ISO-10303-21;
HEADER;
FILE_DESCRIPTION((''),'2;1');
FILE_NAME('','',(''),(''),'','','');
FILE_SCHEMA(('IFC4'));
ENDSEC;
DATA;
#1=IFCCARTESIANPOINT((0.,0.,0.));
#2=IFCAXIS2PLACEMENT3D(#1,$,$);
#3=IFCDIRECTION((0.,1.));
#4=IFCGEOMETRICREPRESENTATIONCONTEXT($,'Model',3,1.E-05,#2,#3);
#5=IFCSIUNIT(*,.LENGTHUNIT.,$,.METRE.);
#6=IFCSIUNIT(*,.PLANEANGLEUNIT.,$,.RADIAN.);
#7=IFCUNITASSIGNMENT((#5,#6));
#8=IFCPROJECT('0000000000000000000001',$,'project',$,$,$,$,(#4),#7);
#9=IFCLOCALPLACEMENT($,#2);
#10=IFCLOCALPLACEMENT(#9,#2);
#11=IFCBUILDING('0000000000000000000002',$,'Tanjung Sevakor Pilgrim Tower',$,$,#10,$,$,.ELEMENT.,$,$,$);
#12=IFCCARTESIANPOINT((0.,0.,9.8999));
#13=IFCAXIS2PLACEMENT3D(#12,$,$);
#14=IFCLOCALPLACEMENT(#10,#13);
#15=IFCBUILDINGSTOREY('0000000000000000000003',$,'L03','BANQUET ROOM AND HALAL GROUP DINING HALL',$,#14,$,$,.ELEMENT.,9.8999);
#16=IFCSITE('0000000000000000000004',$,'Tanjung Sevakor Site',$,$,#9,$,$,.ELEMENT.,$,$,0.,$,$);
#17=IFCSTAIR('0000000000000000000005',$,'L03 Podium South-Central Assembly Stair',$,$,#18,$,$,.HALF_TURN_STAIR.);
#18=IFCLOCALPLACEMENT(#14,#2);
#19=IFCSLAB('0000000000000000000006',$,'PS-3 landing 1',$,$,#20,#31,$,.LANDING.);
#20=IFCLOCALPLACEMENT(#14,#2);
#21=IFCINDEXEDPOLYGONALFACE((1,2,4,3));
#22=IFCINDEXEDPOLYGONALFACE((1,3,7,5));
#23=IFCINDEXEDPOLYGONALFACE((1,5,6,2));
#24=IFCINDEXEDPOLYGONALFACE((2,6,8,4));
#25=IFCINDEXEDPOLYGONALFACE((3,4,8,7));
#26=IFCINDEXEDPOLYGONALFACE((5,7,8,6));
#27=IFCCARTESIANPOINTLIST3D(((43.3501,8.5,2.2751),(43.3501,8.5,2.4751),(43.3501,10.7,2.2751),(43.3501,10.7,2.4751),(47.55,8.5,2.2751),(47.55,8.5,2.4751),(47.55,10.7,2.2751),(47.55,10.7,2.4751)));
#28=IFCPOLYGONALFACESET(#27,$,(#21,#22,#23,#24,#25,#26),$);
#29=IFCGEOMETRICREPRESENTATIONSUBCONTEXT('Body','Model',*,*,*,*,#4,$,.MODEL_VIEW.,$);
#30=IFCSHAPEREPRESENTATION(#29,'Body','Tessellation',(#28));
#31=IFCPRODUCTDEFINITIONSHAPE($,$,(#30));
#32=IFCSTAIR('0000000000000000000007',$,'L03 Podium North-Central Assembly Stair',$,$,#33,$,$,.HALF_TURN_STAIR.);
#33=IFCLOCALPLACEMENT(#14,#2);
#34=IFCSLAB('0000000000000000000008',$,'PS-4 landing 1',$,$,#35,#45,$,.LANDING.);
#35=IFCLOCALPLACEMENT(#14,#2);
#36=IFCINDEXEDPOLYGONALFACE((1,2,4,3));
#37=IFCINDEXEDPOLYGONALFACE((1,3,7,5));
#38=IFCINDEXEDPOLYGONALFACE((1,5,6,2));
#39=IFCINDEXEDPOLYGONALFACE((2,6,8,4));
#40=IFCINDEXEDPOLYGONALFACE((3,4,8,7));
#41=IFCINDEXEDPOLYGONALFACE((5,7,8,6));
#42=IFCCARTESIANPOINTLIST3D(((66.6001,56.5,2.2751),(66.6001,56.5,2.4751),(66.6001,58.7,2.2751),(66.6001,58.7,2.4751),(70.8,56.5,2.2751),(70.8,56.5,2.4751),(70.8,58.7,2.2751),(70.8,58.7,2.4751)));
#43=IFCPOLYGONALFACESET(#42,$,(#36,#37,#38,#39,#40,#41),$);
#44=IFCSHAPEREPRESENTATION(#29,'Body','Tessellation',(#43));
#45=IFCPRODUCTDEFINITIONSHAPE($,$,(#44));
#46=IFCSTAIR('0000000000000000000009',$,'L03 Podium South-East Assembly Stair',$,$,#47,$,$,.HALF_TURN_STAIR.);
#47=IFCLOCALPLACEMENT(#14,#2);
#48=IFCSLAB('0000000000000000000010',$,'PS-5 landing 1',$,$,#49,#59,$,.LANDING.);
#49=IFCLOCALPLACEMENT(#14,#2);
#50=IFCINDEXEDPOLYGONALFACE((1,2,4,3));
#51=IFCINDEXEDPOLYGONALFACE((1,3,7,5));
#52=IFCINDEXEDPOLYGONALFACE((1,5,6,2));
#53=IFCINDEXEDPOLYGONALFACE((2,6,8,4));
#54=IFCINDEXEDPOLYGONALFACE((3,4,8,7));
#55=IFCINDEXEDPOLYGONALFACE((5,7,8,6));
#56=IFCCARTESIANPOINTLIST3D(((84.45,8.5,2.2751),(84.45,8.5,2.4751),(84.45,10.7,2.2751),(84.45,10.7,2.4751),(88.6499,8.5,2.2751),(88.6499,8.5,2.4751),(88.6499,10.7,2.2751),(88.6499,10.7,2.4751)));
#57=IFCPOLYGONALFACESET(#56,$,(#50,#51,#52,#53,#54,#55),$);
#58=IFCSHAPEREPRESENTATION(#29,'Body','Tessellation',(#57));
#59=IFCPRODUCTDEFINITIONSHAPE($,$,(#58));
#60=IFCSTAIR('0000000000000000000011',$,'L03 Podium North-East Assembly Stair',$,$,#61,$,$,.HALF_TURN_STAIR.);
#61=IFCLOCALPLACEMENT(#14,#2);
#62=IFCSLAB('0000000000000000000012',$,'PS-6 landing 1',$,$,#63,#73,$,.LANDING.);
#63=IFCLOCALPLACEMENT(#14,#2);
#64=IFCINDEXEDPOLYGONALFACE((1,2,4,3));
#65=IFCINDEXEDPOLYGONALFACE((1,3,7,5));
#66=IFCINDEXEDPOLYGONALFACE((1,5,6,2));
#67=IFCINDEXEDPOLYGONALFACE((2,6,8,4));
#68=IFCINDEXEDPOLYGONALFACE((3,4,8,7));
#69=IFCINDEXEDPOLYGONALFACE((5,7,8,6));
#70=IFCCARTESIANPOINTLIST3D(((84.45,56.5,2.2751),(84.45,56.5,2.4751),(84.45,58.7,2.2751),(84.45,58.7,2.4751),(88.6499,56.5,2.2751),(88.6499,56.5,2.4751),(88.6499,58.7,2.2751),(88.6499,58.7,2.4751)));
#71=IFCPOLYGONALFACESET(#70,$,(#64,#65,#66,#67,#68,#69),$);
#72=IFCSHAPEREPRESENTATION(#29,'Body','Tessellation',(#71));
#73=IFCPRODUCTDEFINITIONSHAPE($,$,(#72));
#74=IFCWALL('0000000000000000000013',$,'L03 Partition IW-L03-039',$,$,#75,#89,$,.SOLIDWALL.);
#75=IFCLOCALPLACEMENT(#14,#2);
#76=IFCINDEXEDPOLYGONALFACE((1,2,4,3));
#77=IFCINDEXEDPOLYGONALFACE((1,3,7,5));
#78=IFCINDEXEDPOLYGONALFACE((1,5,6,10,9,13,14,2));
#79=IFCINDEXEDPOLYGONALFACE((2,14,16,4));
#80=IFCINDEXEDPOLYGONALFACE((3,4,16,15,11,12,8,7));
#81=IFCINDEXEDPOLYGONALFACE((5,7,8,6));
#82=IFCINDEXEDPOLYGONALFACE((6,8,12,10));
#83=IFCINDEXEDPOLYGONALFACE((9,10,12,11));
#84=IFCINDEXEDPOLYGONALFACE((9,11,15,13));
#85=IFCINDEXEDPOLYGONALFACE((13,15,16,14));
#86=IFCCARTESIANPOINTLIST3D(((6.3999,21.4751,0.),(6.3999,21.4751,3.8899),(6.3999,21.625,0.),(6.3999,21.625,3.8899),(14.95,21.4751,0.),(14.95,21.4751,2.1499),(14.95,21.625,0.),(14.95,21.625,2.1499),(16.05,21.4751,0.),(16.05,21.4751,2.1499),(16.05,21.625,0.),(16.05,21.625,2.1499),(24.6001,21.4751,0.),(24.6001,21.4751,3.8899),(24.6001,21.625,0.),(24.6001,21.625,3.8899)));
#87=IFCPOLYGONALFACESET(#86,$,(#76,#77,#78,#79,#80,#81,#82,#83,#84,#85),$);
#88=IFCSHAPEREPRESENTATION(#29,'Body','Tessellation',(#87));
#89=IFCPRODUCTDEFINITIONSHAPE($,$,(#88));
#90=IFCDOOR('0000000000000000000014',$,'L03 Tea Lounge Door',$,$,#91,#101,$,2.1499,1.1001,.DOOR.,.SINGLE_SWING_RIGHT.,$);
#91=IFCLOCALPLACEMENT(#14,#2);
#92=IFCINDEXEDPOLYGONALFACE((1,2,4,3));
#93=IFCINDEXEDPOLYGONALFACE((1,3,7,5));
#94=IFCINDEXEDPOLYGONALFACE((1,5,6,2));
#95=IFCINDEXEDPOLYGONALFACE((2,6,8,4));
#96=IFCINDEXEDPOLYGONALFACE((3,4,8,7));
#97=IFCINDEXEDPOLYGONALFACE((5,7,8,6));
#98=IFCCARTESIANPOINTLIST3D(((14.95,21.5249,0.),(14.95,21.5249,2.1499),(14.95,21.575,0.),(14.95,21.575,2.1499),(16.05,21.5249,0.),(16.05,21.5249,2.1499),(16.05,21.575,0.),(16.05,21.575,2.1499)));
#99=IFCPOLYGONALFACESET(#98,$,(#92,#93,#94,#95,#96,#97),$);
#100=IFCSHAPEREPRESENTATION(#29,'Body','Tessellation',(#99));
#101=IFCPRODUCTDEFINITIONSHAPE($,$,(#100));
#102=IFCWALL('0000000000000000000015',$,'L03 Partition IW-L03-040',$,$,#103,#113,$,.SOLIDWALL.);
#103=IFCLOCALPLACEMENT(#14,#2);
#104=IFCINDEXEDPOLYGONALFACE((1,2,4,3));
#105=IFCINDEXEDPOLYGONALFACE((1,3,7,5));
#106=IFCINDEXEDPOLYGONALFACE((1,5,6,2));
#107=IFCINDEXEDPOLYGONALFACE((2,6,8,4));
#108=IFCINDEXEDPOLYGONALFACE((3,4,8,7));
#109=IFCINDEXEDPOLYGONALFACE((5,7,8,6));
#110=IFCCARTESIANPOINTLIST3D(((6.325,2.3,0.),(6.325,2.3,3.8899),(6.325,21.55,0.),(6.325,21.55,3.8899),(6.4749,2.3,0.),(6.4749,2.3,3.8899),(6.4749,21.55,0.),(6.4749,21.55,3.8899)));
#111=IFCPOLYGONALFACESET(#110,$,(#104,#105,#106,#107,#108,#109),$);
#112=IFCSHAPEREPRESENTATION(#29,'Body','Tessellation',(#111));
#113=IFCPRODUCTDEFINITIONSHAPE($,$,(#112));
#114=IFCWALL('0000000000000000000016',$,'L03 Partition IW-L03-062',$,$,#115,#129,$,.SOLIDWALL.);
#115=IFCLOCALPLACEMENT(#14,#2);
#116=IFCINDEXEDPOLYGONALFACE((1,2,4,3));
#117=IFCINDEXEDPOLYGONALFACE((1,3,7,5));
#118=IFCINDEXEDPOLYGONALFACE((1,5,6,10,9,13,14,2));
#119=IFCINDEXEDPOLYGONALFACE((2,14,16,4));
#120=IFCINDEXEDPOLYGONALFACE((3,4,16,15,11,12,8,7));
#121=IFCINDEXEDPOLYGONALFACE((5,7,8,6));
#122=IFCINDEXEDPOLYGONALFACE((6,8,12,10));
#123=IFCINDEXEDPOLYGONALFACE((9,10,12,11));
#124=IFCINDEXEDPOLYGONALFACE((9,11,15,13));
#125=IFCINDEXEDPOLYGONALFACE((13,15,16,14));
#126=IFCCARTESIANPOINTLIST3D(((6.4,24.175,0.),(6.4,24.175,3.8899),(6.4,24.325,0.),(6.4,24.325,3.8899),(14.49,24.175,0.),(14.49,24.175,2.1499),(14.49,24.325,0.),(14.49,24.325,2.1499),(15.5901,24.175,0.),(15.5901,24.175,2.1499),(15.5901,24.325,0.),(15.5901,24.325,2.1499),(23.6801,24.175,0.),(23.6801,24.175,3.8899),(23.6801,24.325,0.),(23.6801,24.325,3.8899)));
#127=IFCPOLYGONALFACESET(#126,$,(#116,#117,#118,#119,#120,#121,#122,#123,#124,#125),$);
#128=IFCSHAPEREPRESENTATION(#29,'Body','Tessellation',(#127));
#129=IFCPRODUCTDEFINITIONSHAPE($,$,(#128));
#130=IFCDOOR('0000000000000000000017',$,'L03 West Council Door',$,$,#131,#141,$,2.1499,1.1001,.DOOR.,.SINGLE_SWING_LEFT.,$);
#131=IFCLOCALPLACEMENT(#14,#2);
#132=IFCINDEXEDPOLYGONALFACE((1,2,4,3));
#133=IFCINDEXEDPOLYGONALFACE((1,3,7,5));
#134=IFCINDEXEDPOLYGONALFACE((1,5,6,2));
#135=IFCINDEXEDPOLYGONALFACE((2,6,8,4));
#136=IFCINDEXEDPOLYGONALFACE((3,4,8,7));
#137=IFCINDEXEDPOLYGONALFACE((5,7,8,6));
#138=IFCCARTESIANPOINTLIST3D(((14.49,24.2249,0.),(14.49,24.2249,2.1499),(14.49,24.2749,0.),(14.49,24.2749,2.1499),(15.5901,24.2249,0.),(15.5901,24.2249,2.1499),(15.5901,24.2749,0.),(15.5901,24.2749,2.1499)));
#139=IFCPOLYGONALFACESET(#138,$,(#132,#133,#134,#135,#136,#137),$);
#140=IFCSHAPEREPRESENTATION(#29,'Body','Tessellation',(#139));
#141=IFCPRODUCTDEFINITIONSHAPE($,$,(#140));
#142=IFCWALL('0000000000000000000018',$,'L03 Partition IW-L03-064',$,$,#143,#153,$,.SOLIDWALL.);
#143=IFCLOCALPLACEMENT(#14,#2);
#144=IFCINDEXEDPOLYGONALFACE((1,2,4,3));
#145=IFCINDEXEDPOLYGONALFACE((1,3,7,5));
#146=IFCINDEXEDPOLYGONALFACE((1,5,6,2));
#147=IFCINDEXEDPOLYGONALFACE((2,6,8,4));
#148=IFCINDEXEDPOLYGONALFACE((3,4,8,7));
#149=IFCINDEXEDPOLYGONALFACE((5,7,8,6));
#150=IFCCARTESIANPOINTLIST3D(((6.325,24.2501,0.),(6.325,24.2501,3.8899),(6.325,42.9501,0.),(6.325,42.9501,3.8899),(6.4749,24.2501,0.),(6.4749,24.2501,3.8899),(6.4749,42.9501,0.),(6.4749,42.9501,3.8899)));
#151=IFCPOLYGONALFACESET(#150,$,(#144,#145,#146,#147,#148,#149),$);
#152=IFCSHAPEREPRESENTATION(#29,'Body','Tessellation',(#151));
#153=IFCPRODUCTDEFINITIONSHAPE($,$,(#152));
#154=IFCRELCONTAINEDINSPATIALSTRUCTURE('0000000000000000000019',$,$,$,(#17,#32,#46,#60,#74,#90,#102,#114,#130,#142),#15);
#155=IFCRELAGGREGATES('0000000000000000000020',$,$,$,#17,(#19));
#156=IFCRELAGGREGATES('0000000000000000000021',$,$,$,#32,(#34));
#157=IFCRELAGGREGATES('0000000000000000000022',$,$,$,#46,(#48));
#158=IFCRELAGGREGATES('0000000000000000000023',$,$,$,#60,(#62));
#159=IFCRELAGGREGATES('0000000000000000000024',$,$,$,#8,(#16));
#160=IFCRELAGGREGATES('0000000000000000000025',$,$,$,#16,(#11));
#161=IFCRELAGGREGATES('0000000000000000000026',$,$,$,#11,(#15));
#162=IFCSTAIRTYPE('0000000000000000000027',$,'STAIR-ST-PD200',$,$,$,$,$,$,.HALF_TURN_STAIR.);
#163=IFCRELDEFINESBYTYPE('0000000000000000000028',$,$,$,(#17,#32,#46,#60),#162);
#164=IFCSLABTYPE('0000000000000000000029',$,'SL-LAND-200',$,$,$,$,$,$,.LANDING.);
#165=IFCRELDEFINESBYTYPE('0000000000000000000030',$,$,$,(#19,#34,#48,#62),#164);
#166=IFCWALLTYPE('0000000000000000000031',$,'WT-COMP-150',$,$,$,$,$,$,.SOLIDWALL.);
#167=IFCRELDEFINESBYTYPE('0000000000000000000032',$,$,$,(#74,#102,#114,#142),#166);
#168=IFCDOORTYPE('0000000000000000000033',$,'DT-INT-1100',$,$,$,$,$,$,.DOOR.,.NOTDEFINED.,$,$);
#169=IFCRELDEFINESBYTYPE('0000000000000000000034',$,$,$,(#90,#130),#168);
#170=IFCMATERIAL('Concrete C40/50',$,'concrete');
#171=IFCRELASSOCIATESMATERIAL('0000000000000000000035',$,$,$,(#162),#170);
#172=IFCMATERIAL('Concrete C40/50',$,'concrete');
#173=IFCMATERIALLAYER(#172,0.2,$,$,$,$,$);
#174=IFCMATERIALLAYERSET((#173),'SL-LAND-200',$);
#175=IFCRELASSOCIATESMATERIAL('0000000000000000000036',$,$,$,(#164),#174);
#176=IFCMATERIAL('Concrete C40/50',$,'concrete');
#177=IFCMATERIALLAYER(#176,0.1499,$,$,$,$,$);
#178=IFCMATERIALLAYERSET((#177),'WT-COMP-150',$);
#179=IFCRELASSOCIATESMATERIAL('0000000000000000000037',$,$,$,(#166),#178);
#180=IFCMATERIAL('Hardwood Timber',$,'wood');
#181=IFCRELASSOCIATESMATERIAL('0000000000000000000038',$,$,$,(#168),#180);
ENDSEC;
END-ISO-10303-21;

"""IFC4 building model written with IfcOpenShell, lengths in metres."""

from ifc_helpers import new_model, si_unit, direction, frame, frame_2d, origin, place, context, subcontext, project, spatial, polyline, rectangle, outline, extrude, material, layer, layer_set, type_object, element, fill, aggregate, save


model = new_model("IFC4")

# Units and contexts
model_context = context("Model", 3, precision=1e-05, world=origin(), true_north=direction((0.0, 1.0)))
body_context = subcontext(model_context, "Body", "Model", "MODEL_VIEW")
ifc_project = project(units=[si_unit("LENGTHUNIT", "METRE"), si_unit("PLANEANGLEUNIT", "RADIAN")], contexts=[model_context])

# Site, building, storey
site_placement = place(None, origin())
site = spatial("IfcSite", under=ifc_project, at=site_placement, Name="Tanjung Sevakor Site", CompositionType="ELEMENT", RefElevation=0.0)
building_placement = place(site_placement, origin())
building = spatial("IfcBuilding", under=site, at=building_placement, Name="Tanjung Sevakor Pilgrim Tower", CompositionType="ELEMENT")
storey_placement = place(building_placement, frame((0.0, 0.0, 9.8999)))
storey = spatial("IfcBuildingStorey", under=building, at=storey_placement, Name="L03", Description="BANQUET ROOM AND HALAL GROUP DINING HALL", CompositionType="ELEMENT", Elevation=9.8999)

# Stairs, slabs
ifc_material_1 = material(Name="Concrete C40/50", Category="concrete")
stair_type = type_object("IfcStairType", Name="STAIR-ST-PD200", PredefinedType="HALF_TURN_STAIR", material=ifc_material_1)
stair_1_placement = place(storey_placement, origin())
stair_1 = element("IfcStair", 1, at=stair_1_placement, inside=storey, type_object=stair_type, Name="L03 Podium South-Central Assembly Stair", PredefinedType="HALF_TURN_STAIR")
ifc_material_2 = material(Name="Concrete C40/50", Category="concrete")
ifc_layer_1 = layer(ifc_material_2, 0.2)
ifc_layer_set_1 = layer_set([ifc_layer_1], Name="SL-LAND-200")
slab_type = type_object("IfcSlabType", Name="SL-LAND-200", PredefinedType="LANDING", material=ifc_layer_set_1)
slab_1_placement = place(storey_placement, frame((0.0, 0.0, 2.2751)))
slab_1 = element("IfcSlab", 2, at=slab_1_placement, type_object=slab_type, Name="PS-3 landing 1", PredefinedType="LANDING", context=body_context, shape_type="SweptSolid", body=[
    extrude(outline(polyline([(43.3501, 10.7), (43.3501, 8.5), (47.55, 8.5), (47.55, 10.7), (43.3501, 10.7)])), origin(), (0.0, 0.0, 1.0), 0.2),
])
aggregate(stair_1, [slab_1])
stair_2_placement = place(storey_placement, origin())
stair_2 = element("IfcStair", 3, at=stair_2_placement, inside=storey, type_object=stair_type, Name="L03 Podium North-Central Assembly Stair", PredefinedType="HALF_TURN_STAIR")
slab_2_placement = place(storey_placement, frame((0.0, 0.0, 2.2751)))
slab_2 = element("IfcSlab", 4, at=slab_2_placement, type_object=slab_type, Name="PS-4 landing 1", PredefinedType="LANDING", context=body_context, shape_type="SweptSolid", body=[
    extrude(outline(polyline([(70.8, 56.5), (70.8, 58.7), (66.6001, 58.7), (66.6001, 56.5), (70.8, 56.5)])), origin(), (0.0, 0.0, 1.0), 0.2),
])
aggregate(stair_2, [slab_2])
stair_3_placement = place(storey_placement, origin())
stair_3 = element("IfcStair", 5, at=stair_3_placement, inside=storey, type_object=stair_type, Name="L03 Podium South-East Assembly Stair", PredefinedType="HALF_TURN_STAIR")
slab_3_placement = place(storey_placement, frame((0.0, 0.0, 2.2751)))
slab_3 = element("IfcSlab", 6, at=slab_3_placement, type_object=slab_type, Name="PS-5 landing 1", PredefinedType="LANDING", context=body_context, shape_type="SweptSolid", body=[
    extrude(outline(polyline([(84.45, 10.7), (84.45, 8.5), (88.6499, 8.5), (88.6499, 10.7), (84.45, 10.7)])), origin(), (0.0, 0.0, 1.0), 0.2),
])
aggregate(stair_3, [slab_3])
stair_4_placement = place(storey_placement, origin())
stair_4 = element("IfcStair", 7, at=stair_4_placement, inside=storey, type_object=stair_type, Name="L03 Podium North-East Assembly Stair", PredefinedType="HALF_TURN_STAIR")
slab_4_placement = place(storey_placement, frame((0.0, 0.0, 2.2751)))
slab_4 = element("IfcSlab", 8, at=slab_4_placement, type_object=slab_type, Name="PS-6 landing 1", PredefinedType="LANDING", context=body_context, shape_type="SweptSolid", body=[
    extrude(outline(polyline([(88.6499, 56.5), (88.6499, 58.7), (84.45, 58.7), (84.45, 56.5), (88.6499, 56.5)])), origin(), (0.0, 0.0, 1.0), 0.2),
])
aggregate(stair_4, [slab_4])

# Wall, opening, door
ifc_material_3 = material(Name="Concrete C40/50", Category="concrete")
ifc_layer_2 = layer(ifc_material_3, 0.1499)
ifc_layer_set_2 = layer_set([ifc_layer_2], Name="WT-COMP-150")
wall_type_1 = type_object("IfcWallType", Name="WT-COMP-150", PredefinedType="SOLIDWALL", material=ifc_layer_set_2)
wall_1_placement = place(storey_placement, frame((6.3999, 21.55, 0.0), z_axis=(0.0, 0.0, 1.0), x_axis=(1.0, 0.0, 0.0)))
wall_1 = element("IfcWall", 9, at=wall_1_placement, inside=storey, type_object=wall_type_1, Name="L03 Partition IW-L03-039", PredefinedType="SOLIDWALL", context=body_context, shape_type="SweptSolid", body=[
    extrude(rectangle(XDim=18.2002, YDim=0.1499, at=frame_2d((9.1001, 0.0))), origin(), (0.0, 0.0, 1.0), 3.8899),
])
opening_1_placement = place(wall_1_placement, frame((8.55, 0.0, 0.0)))
opening_1 = element("IfcOpeningElement", 10, at=opening_1_placement, cuts=wall_1, PredefinedType="OPENING", context=body_context, shape_type="SweptSolid", body=[
    extrude(rectangle(XDim=1.1001, YDim=2.1499, at=frame_2d((0.55, 1.075))), frame((0.0, 0.085, 0.0), z_axis=(0.0, -1.0, 0.0), x_axis=(1.0, 0.0, 0.0)), (0.0, 0.0, 1.0), 0.1699),
])
ifc_material_4 = material(Name="Hardwood Timber", Category="wood")
door_type_1 = type_object("IfcDoorType", Name="DT-INT-1100", OperationType="NOTDEFINED", PredefinedType="DOOR", material=ifc_material_4)
door_1_placement = place(opening_1_placement, origin())
door_1 = element("IfcDoor", 11, at=door_1_placement, inside=storey, type_object=door_type_1, Name="L03 Tea Lounge Door", OperationType="SINGLE_SWING_RIGHT", OverallHeight=2.1499, OverallWidth=1.1001, PredefinedType="DOOR", context=body_context, shape_type="SweptSolid", body=[
    extrude(rectangle(XDim=1.1001, YDim=2.1499, at=frame_2d((0.55, 1.075))), frame((0.0, 0.0249, 0.0), z_axis=(0.0, -1.0, 0.0), x_axis=(1.0, 0.0, 0.0)), (0.0, 0.0, 1.0), 0.05),
])
fill(opening_1, door_1)

# Wall
wall_2_placement = place(storey_placement, frame((6.3999, 2.3, 0.0), z_axis=(0.0, 0.0, 1.0), x_axis=(0.0, 1.0, 0.0)))
element("IfcWall", 12, at=wall_2_placement, inside=storey, type_object=wall_type_1, Name="L03 Partition IW-L03-040", PredefinedType="SOLIDWALL", context=body_context, shape_type="SweptSolid", body=[
    extrude(rectangle(XDim=19.25, YDim=0.1499, at=frame_2d((9.625, 0.0))), origin(), (0.0, 0.0, 1.0), 3.8899),
])

# Wall, opening, door
wall_3_placement = place(storey_placement, frame((6.3999, 24.25, 0.0), z_axis=(0.0, 0.0, 1.0), x_axis=(1.0, 0.0, 0.0)))
wall_3 = element("IfcWall", 13, at=wall_3_placement, inside=storey, type_object=wall_type_1, Name="L03 Partition IW-L03-062", PredefinedType="SOLIDWALL", context=body_context, shape_type="SweptSolid", body=[
    extrude(rectangle(XDim=17.28, YDim=0.1499, at=frame_2d((8.6401, 0.0))), origin(), (0.0, 0.0, 1.0), 3.8899),
])
opening_2_placement = place(wall_3_placement, frame((8.0901, 0.0, 0.0)))
opening_2 = element("IfcOpeningElement", 14, at=opening_2_placement, cuts=wall_3, PredefinedType="OPENING", context=body_context, shape_type="SweptSolid", body=[
    extrude(rectangle(XDim=1.1001, YDim=2.1499, at=frame_2d((0.55, 1.075))), frame((0.0, 0.085, 0.0), z_axis=(0.0, -1.0, 0.0), x_axis=(1.0, 0.0, 0.0)), (0.0, 0.0, 1.0), 0.1699),
])
door_2_placement = place(opening_2_placement, origin())
door_2 = element("IfcDoor", 15, at=door_2_placement, inside=storey, type_object=door_type_1, Name="L03 West Council Door", OperationType="SINGLE_SWING_LEFT", OverallHeight=2.1499, OverallWidth=1.1001, PredefinedType="DOOR", context=body_context, shape_type="SweptSolid", body=[
    extrude(rectangle(XDim=1.1001, YDim=2.1499, at=frame_2d((0.55, 1.075))), frame((0.0, 0.0249, 0.0), z_axis=(0.0, -1.0, 0.0), x_axis=(1.0, 0.0, 0.0)), (0.0, 0.0, 1.0), 0.05),
])
fill(opening_2, door_2)

# Wall
wall_4_placement = place(storey_placement, frame((6.3999, 24.25, 0.0), z_axis=(0.0, 0.0, 1.0), x_axis=(0.0, 1.0, 0.0)))
element("IfcWall", 16, at=wall_4_placement, inside=storey, type_object=wall_type_1, Name="L03 Partition IW-L03-064", PredefinedType="SOLIDWALL", context=body_context, shape_type="SweptSolid", body=[
    extrude(rectangle(XDim=18.7, YDim=0.1499, at=frame_2d((9.3501, 0.0))), origin(), (0.0, 0.0, 1.0), 3.8899),
])

save(model, "model.ifc")
